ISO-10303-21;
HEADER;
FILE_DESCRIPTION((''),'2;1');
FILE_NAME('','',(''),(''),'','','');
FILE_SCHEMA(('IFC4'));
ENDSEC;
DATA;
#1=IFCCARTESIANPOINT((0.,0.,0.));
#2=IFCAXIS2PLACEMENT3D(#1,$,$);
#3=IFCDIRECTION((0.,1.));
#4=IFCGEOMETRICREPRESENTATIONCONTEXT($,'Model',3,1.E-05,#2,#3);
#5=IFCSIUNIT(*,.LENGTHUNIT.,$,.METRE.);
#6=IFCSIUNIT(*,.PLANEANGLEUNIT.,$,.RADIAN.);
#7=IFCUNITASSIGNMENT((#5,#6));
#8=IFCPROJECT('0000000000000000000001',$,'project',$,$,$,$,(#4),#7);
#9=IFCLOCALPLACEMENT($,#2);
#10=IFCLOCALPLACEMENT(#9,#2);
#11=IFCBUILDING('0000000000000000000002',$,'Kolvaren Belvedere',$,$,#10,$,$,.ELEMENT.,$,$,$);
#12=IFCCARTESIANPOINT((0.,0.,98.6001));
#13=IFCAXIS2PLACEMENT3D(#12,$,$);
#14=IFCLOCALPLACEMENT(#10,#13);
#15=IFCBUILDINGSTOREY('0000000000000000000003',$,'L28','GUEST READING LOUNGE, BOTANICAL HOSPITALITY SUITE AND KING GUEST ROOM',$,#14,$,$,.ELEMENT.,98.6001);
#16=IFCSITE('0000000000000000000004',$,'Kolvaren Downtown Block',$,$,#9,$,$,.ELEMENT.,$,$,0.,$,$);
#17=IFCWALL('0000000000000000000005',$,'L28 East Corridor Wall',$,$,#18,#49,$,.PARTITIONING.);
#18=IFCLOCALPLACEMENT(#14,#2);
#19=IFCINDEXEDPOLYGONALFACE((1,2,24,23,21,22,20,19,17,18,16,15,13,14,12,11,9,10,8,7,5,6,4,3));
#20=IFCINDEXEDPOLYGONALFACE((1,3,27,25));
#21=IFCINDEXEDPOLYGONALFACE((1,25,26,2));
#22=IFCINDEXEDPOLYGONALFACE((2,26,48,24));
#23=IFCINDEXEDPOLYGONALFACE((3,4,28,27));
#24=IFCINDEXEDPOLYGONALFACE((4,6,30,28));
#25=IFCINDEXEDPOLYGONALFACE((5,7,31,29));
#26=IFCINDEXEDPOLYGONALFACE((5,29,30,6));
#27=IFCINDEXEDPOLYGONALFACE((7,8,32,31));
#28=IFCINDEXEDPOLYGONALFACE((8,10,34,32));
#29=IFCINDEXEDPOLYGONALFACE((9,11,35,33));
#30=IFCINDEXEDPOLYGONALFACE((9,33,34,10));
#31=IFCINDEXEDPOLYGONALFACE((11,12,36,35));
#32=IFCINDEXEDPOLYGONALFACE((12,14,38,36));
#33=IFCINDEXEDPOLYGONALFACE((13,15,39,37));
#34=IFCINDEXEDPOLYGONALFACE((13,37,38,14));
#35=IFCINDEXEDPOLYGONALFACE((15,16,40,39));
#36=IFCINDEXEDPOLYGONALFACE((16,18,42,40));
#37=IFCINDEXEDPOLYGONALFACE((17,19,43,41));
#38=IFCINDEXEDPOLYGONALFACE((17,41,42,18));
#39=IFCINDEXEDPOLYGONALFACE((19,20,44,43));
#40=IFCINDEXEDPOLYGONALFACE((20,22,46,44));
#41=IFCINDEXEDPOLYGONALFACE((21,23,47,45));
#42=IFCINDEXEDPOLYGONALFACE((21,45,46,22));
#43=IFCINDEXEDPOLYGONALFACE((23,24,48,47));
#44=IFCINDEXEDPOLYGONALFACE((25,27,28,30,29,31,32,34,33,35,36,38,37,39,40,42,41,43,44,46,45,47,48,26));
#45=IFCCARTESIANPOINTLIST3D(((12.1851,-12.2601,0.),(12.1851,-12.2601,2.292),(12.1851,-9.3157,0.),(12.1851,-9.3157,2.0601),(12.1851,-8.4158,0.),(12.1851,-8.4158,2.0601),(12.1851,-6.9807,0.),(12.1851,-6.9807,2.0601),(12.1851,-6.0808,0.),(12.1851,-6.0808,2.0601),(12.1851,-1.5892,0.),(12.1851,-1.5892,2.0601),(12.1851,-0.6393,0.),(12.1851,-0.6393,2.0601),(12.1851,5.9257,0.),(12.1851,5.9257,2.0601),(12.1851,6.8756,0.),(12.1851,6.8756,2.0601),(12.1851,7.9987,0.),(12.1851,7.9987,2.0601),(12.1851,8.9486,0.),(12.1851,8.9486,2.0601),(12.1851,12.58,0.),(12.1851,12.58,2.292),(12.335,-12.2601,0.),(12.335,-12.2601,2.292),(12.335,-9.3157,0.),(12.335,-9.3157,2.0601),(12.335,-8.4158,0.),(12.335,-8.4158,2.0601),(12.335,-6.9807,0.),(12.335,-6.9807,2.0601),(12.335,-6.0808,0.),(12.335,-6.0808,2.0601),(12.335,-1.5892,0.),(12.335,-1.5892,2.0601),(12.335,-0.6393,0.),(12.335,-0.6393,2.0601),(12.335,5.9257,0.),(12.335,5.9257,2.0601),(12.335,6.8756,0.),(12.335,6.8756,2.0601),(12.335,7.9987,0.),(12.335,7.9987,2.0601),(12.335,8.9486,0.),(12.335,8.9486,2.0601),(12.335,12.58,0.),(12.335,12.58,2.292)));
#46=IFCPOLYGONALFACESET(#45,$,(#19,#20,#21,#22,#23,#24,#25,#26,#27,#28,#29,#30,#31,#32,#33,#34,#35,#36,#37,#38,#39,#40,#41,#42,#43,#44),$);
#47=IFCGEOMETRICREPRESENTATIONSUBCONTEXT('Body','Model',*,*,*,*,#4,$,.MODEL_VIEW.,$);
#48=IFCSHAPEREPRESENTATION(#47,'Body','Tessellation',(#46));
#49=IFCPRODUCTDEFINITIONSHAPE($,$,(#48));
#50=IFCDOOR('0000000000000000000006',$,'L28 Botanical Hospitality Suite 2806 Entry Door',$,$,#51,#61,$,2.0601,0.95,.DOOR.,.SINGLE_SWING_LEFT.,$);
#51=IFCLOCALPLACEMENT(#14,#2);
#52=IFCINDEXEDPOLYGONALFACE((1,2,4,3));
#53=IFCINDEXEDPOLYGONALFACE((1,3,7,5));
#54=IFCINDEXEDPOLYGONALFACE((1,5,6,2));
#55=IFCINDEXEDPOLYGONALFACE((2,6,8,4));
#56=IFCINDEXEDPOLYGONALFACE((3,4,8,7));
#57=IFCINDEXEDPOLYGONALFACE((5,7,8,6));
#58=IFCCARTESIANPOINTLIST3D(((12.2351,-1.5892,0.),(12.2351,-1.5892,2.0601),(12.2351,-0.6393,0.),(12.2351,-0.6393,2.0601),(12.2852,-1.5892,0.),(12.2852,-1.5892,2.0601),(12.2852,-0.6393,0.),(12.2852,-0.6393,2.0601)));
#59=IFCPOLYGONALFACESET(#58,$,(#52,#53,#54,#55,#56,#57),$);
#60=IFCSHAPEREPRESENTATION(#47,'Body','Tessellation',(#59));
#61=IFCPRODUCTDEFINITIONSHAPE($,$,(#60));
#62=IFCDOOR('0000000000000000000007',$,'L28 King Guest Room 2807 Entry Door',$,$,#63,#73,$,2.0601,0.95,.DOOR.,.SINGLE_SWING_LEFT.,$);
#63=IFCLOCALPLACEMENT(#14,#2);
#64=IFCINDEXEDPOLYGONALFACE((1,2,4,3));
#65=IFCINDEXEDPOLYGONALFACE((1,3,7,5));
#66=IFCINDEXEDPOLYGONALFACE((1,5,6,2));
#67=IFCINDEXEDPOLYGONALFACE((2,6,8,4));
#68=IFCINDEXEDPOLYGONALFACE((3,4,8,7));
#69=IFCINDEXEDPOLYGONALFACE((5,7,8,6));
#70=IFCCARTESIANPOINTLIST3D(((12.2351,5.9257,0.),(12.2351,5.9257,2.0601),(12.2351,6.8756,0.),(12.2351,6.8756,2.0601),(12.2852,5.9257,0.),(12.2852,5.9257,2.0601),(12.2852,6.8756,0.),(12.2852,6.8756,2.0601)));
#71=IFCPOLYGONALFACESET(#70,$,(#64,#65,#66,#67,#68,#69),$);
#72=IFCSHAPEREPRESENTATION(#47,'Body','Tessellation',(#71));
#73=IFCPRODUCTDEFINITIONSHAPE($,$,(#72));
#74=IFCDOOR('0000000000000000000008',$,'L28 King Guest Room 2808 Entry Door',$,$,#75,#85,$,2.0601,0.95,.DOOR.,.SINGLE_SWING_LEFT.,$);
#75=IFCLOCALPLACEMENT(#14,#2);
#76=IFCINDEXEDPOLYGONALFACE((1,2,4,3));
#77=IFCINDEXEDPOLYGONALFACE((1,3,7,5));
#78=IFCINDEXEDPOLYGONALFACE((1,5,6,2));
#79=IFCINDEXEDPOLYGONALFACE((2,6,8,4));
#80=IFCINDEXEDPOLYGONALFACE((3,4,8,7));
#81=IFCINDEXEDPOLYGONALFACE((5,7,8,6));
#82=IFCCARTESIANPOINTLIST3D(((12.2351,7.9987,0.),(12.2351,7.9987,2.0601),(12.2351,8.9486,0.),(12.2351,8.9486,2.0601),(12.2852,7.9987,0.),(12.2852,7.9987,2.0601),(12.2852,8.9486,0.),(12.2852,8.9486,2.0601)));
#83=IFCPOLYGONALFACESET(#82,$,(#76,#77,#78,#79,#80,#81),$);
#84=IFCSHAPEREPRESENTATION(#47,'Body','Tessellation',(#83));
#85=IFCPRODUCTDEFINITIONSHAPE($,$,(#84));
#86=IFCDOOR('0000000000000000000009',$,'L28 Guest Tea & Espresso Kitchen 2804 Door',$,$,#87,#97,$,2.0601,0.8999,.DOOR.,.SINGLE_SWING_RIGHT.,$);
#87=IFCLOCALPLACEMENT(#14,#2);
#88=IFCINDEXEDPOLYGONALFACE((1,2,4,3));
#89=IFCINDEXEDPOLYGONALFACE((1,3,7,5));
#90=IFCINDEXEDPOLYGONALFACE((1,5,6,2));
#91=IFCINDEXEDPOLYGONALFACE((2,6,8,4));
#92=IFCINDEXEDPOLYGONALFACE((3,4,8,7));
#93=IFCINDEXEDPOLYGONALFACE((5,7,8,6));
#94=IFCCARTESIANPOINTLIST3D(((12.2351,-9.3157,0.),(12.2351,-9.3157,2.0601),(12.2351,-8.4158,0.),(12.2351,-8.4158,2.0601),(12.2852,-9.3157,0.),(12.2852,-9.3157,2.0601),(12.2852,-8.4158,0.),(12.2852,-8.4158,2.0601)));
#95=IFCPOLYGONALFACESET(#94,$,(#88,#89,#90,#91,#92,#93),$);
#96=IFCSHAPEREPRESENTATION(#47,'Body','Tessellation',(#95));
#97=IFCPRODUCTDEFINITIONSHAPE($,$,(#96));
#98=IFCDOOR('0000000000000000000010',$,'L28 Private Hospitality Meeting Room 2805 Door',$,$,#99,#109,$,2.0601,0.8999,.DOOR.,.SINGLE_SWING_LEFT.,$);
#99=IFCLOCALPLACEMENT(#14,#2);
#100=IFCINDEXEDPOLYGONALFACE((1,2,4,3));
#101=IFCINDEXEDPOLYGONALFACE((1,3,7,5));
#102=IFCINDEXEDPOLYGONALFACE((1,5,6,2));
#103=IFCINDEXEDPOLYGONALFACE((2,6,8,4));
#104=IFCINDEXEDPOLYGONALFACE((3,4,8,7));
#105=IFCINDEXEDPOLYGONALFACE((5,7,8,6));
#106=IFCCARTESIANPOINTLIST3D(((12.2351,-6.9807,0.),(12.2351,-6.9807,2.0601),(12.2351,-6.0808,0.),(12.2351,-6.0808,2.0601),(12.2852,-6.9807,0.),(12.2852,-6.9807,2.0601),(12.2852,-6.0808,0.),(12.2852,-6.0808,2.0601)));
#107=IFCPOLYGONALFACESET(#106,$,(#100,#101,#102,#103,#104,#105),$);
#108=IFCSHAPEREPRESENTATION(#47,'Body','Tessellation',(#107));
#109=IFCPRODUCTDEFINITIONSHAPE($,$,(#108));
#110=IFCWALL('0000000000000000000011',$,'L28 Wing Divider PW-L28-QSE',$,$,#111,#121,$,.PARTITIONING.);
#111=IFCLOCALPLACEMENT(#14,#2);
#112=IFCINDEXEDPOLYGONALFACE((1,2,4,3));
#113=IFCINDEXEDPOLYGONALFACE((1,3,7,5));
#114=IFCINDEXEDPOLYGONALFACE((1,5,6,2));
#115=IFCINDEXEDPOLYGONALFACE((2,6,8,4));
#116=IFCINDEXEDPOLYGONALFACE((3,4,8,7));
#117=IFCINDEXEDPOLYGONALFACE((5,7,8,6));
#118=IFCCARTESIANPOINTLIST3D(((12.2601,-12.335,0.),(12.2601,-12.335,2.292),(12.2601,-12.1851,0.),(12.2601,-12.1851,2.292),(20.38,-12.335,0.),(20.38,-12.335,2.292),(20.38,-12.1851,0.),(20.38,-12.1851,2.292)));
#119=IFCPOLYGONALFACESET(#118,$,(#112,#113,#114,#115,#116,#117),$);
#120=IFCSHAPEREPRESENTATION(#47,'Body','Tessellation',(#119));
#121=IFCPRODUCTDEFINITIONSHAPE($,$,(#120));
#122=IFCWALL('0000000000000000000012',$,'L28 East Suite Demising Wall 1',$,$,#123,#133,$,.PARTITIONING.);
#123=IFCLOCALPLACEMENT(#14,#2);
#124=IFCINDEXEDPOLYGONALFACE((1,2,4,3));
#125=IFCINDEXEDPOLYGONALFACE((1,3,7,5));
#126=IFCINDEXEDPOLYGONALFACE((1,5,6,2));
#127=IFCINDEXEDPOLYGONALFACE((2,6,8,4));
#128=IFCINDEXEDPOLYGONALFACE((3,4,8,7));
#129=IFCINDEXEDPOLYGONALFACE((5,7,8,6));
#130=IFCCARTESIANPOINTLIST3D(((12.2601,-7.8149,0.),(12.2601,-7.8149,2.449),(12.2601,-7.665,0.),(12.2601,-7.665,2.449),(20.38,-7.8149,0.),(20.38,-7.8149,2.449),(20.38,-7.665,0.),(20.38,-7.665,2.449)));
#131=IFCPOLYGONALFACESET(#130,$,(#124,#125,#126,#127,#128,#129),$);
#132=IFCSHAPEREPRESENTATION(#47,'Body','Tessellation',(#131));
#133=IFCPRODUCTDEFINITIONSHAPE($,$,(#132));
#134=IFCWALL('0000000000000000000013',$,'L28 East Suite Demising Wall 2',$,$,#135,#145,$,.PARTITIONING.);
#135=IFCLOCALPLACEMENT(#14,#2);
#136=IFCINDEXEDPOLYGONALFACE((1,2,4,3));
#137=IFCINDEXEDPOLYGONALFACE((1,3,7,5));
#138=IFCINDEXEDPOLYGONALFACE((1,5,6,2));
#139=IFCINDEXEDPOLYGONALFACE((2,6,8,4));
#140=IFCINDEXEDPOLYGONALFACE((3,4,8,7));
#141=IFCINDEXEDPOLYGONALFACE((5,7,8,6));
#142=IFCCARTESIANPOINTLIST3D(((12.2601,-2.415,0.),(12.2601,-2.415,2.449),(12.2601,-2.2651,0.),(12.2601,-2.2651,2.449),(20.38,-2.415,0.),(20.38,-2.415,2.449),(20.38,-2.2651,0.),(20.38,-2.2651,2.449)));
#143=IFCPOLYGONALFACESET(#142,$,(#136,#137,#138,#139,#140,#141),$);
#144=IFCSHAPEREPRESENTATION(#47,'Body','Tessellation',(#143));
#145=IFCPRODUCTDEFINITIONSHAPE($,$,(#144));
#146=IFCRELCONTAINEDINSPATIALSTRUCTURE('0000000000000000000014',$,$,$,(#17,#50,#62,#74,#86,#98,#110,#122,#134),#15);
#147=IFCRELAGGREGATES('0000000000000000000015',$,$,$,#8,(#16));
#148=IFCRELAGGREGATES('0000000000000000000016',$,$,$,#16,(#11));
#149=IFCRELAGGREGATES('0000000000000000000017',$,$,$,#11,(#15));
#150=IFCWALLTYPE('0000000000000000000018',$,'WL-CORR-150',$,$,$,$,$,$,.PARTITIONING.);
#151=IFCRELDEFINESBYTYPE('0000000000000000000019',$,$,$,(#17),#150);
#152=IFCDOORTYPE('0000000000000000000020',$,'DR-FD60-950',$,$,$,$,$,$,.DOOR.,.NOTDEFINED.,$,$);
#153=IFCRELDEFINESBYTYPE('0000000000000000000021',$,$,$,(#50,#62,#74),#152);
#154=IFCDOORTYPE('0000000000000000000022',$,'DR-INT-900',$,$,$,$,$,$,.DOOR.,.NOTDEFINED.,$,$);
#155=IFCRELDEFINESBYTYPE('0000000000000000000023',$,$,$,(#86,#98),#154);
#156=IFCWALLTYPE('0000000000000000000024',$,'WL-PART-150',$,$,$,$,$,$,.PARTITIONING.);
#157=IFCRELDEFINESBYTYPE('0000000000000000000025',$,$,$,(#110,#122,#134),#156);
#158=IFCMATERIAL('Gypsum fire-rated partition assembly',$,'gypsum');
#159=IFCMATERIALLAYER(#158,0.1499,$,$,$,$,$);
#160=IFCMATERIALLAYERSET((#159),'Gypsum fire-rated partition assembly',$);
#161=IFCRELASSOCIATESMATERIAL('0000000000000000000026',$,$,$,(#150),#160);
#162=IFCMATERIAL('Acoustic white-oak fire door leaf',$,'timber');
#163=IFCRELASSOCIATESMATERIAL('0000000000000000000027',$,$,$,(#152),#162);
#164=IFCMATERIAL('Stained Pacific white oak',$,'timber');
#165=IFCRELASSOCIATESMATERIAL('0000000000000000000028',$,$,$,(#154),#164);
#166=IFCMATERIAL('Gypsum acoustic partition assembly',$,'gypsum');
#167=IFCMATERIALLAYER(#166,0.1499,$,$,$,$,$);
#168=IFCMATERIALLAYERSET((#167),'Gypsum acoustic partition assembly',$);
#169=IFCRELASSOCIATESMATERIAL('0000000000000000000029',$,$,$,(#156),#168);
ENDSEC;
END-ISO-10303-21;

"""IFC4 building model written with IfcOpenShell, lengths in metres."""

from ifc_helpers import new_model, si_unit, direction, frame, frame_2d, origin, place, context, subcontext, project, spatial, rectangle, extrude, material, layer, layer_set, type_object, element, fill, save


model = new_model("IFC4")

# Units and contexts
model_context = context("Model", 3, precision=1e-05, world=origin(), true_north=direction((0.0, 1.0)))
body_context = subcontext(model_context, "Body", "Model", "MODEL_VIEW")
ifc_project = project(units=[si_unit("LENGTHUNIT", "METRE"), si_unit("PLANEANGLEUNIT", "RADIAN")], contexts=[model_context])

# Site, building, storey
site_placement = place(None, origin())
site = spatial("IfcSite", under=ifc_project, at=site_placement, Name="Kolvaren Downtown Block", CompositionType="ELEMENT", RefElevation=0.0)
building_placement = place(site_placement, origin())
building = spatial("IfcBuilding", under=site, at=building_placement, Name="Kolvaren Belvedere", CompositionType="ELEMENT")
storey_placement = place(building_placement, frame((0.0, 0.0, 98.6001)))
storey = spatial("IfcBuildingStorey", under=building, at=storey_placement, Name="L28", Description="GUEST READING LOUNGE, BOTANICAL HOSPITALITY SUITE AND KING GUEST ROOM", CompositionType="ELEMENT", Elevation=98.6001)

# Wall, openings, doors
ifc_material_1 = material(Name="Gypsum fire-rated partition assembly", Category="gypsum")
ifc_layer_1 = layer(ifc_material_1, 0.1499)
ifc_layer_set_1 = layer_set([ifc_layer_1], Name="Gypsum fire-rated partition assembly")
wall_type_1 = type_object("IfcWallType", Name="WL-CORR-150", PredefinedType="PARTITIONING", material=ifc_layer_set_1)
wall_1_placement = place(storey_placement, frame((12.26, -12.26, 0.0), z_axis=(0.0, 0.0, 1.0), x_axis=(0.0, 1.0, 0.0)))
wall_1 = element("IfcWall", 1, at=wall_1_placement, inside=storey, type_object=wall_type_1, Name="L28 East Corridor Wall", PredefinedType="PARTITIONING", context=body_context, shape_type="SweptSolid", body=[
    extrude(rectangle(XDim=24.8401, YDim=0.1499, at=frame_2d((12.4199, 0.0))), origin(), (0.0, 0.0, 1.0), 2.292),
])
opening_1_placement = place(wall_1_placement, frame((2.9443, 0.0, 0.0)))
opening_1 = element("IfcOpeningElement", 2, at=opening_1_placement, cuts=wall_1, PredefinedType="OPENING", context=body_context, shape_type="SweptSolid", body=[
    extrude(rectangle(XDim=0.8999, YDim=2.0601, at=frame_2d((0.45, 1.03))), frame((0.0, 0.085, 0.0), z_axis=(0.0, -1.0, 0.0), x_axis=(1.0, 0.0, 0.0)), (0.0, 0.0, 1.0), 0.1699),
])
opening_2_placement = place(wall_1_placement, frame((5.2793, 0.0, 0.0)))
opening_2 = element("IfcOpeningElement", 3, at=opening_2_placement, cuts=wall_1, PredefinedType="OPENING", context=body_context, shape_type="SweptSolid", body=[
    extrude(rectangle(XDim=0.8999, YDim=2.0601, at=frame_2d((0.45, 1.03))), frame((0.0, 0.085, 0.0), z_axis=(0.0, -1.0, 0.0), x_axis=(1.0, 0.0, 0.0)), (0.0, 0.0, 1.0), 0.1699),
])
opening_3_placement = place(wall_1_placement, frame((10.6707, 0.0, 0.0)))
opening_3 = element("IfcOpeningElement", 4, at=opening_3_placement, cuts=wall_1, PredefinedType="OPENING", context=body_context, shape_type="SweptSolid", body=[
    extrude(rectangle(XDim=0.95, YDim=2.0601, at=frame_2d((0.4751, 1.03))), frame((0.0, 0.085, 0.0), z_axis=(0.0, -1.0, 0.0), x_axis=(1.0, 0.0, 0.0)), (0.0, 0.0, 1.0), 0.1699),
])
opening_4_placement = place(wall_1_placement, frame((18.1855, 0.0, 0.0)))
opening_4 = element("IfcOpeningElement", 5, at=opening_4_placement, cuts=wall_1, PredefinedType="OPENING", context=body_context, shape_type="SweptSolid", body=[
    extrude(rectangle(XDim=0.95, YDim=2.0601, at=frame_2d((0.4751, 1.03))), frame((0.0, 0.085, 0.0), z_axis=(0.0, -1.0, 0.0), x_axis=(1.0, 0.0, 0.0)), (0.0, 0.0, 1.0), 0.1699),
])
opening_5_placement = place(wall_1_placement, frame((20.2585, 0.0, 0.0)))
opening_5 = element("IfcOpeningElement", 6, at=opening_5_placement, cuts=wall_1, PredefinedType="OPENING", context=body_context, shape_type="SweptSolid", body=[
    extrude(rectangle(XDim=0.95, YDim=2.0601, at=frame_2d((0.4751, 1.03))), frame((0.0, 0.085, 0.0), z_axis=(0.0, -1.0, 0.0), x_axis=(1.0, 0.0, 0.0)), (0.0, 0.0, 1.0), 0.1699),
])
ifc_material_2 = material(Name="Acoustic white-oak fire door leaf", Category="timber")
door_type_1 = type_object("IfcDoorType", Name="DR-FD60-950", OperationType="NOTDEFINED", PredefinedType="DOOR", material=ifc_material_2)
door_1_placement = place(opening_3_placement, origin())
door_1 = element("IfcDoor", 7, at=door_1_placement, inside=storey, type_object=door_type_1, Name="L28 Botanical Hospitality Suite 2806 Entry Door", OperationType="SINGLE_SWING_LEFT", OverallHeight=2.0601, OverallWidth=0.95, PredefinedType="DOOR", context=body_context, shape_type="SweptSolid", body=[
    extrude(rectangle(XDim=0.95, YDim=2.0601, at=frame_2d((0.4751, 1.03))), frame((0.0, 0.0249, 0.0), z_axis=(0.0, -1.0, 0.0), x_axis=(1.0, 0.0, 0.0)), (0.0, 0.0, 1.0), 0.05),
])
fill(opening_3, door_1)
door_2_placement = place(opening_4_placement, origin())
door_2 = element("IfcDoor", 8, at=door_2_placement, inside=storey, type_object=door_type_1, Name="L28 King Guest Room 2807 Entry Door", OperationType="SINGLE_SWING_LEFT", OverallHeight=2.0601, OverallWidth=0.95, PredefinedType="DOOR", context=body_context, shape_type="SweptSolid", body=[
    extrude(rectangle(XDim=0.95, YDim=2.0601, at=frame_2d((0.4751, 1.03))), frame((0.0, 0.0249, 0.0), z_axis=(0.0, -1.0, 0.0), x_axis=(1.0, 0.0, 0.0)), (0.0, 0.0, 1.0), 0.05),
])
fill(opening_4, door_2)
door_3_placement = place(opening_5_placement, origin())
door_3 = element("IfcDoor", 9, at=door_3_placement, inside=storey, type_object=door_type_1, Name="L28 King Guest Room 2808 Entry Door", OperationType="SINGLE_SWING_LEFT", OverallHeight=2.0601, OverallWidth=0.95, PredefinedType="DOOR", context=body_context, shape_type="SweptSolid", body=[
    extrude(rectangle(XDim=0.95, YDim=2.0601, at=frame_2d((0.4751, 1.03))), frame((0.0, 0.0249, 0.0), z_axis=(0.0, -1.0, 0.0), x_axis=(1.0, 0.0, 0.0)), (0.0, 0.0, 1.0), 0.05),
])
fill(opening_5, door_3)
ifc_material_3 = material(Name="Stained Pacific white oak", Category="timber")
door_type_2 = type_object("IfcDoorType", Name="DR-INT-900", OperationType="NOTDEFINED", PredefinedType="DOOR", material=ifc_material_3)
door_4_placement = place(opening_1_placement, origin())
door_4 = element("IfcDoor", 10, at=door_4_placement, inside=storey, type_object=door_type_2, Name="L28 Guest Tea & Espresso Kitchen 2804 Door", OperationType="SINGLE_SWING_RIGHT", OverallHeight=2.0601, OverallWidth=0.8999, PredefinedType="DOOR", context=body_context, shape_type="SweptSolid", body=[
    extrude(rectangle(XDim=0.8999, YDim=2.0601, at=frame_2d((0.45, 1.03))), frame((0.0, 0.0249, 0.0), z_axis=(0.0, -1.0, 0.0), x_axis=(1.0, 0.0, 0.0)), (0.0, 0.0, 1.0), 0.05),
])
fill(opening_1, door_4)
door_5_placement = place(opening_2_placement, origin())
door_5 = element("IfcDoor", 11, at=door_5_placement, inside=storey, type_object=door_type_2, Name="L28 Private Hospitality Meeting Room 2805 Door", OperationType="SINGLE_SWING_LEFT", OverallHeight=2.0601, OverallWidth=0.8999, PredefinedType="DOOR", context=body_context, shape_type="SweptSolid", body=[
    extrude(rectangle(XDim=0.8999, YDim=2.0601, at=frame_2d((0.45, 1.03))), frame((0.0, 0.0249, 0.0), z_axis=(0.0, -1.0, 0.0), x_axis=(1.0, 0.0, 0.0)), (0.0, 0.0, 1.0), 0.05),
])
fill(opening_2, door_5)

# Walls
ifc_material_4 = material(Name="Gypsum acoustic partition assembly", Category="gypsum")
ifc_layer_2 = layer(ifc_material_4, 0.1499)
ifc_layer_set_2 = layer_set([ifc_layer_2], Name="Gypsum acoustic partition assembly")
wall_type_2 = type_object("IfcWallType", Name="WL-PART-150", PredefinedType="PARTITIONING", material=ifc_layer_set_2)
wall_2_placement = place(storey_placement, frame((12.26, -12.26, 0.0), z_axis=(0.0, 0.0, 1.0), x_axis=(1.0, 0.0, 0.0)))
element("IfcWall", 12, at=wall_2_placement, inside=storey, type_object=wall_type_2, Name="L28 Wing Divider PW-L28-QSE", PredefinedType="PARTITIONING", context=body_context, shape_type="SweptSolid", body=[
    extrude(rectangle(XDim=8.1199, YDim=0.1499, at=frame_2d((4.0601, 0.0))), origin(), (0.0, 0.0, 1.0), 2.292),
])
for number, where, z_axis, x_axis, name in (
    (13, (12.26, -7.74, 0.0), (0.0, 0.0, 1.0), (1.0, 0.0, 0.0), "L28 East Suite Demising Wall 1"),
    (14, (12.26, -2.3401, 0.0), (0.0, 0.0, 1.0), (1.0, 0.0, 0.0), "L28 East Suite Demising Wall 2"),
):
    element("IfcWall", number, at=place(storey_placement, frame(where, z_axis=z_axis, x_axis=x_axis)), inside=storey, type_object=wall_type_2, Name=name, PredefinedType="PARTITIONING", context=body_context, shape_type="SweptSolid", body=[
        extrude(rectangle(XDim=8.1199, YDim=0.1499, at=frame_2d((4.0601, 0.0))), origin(), (0.0, 0.0, 1.0), 2.449),
    ])

save(model, "model.ifc")
